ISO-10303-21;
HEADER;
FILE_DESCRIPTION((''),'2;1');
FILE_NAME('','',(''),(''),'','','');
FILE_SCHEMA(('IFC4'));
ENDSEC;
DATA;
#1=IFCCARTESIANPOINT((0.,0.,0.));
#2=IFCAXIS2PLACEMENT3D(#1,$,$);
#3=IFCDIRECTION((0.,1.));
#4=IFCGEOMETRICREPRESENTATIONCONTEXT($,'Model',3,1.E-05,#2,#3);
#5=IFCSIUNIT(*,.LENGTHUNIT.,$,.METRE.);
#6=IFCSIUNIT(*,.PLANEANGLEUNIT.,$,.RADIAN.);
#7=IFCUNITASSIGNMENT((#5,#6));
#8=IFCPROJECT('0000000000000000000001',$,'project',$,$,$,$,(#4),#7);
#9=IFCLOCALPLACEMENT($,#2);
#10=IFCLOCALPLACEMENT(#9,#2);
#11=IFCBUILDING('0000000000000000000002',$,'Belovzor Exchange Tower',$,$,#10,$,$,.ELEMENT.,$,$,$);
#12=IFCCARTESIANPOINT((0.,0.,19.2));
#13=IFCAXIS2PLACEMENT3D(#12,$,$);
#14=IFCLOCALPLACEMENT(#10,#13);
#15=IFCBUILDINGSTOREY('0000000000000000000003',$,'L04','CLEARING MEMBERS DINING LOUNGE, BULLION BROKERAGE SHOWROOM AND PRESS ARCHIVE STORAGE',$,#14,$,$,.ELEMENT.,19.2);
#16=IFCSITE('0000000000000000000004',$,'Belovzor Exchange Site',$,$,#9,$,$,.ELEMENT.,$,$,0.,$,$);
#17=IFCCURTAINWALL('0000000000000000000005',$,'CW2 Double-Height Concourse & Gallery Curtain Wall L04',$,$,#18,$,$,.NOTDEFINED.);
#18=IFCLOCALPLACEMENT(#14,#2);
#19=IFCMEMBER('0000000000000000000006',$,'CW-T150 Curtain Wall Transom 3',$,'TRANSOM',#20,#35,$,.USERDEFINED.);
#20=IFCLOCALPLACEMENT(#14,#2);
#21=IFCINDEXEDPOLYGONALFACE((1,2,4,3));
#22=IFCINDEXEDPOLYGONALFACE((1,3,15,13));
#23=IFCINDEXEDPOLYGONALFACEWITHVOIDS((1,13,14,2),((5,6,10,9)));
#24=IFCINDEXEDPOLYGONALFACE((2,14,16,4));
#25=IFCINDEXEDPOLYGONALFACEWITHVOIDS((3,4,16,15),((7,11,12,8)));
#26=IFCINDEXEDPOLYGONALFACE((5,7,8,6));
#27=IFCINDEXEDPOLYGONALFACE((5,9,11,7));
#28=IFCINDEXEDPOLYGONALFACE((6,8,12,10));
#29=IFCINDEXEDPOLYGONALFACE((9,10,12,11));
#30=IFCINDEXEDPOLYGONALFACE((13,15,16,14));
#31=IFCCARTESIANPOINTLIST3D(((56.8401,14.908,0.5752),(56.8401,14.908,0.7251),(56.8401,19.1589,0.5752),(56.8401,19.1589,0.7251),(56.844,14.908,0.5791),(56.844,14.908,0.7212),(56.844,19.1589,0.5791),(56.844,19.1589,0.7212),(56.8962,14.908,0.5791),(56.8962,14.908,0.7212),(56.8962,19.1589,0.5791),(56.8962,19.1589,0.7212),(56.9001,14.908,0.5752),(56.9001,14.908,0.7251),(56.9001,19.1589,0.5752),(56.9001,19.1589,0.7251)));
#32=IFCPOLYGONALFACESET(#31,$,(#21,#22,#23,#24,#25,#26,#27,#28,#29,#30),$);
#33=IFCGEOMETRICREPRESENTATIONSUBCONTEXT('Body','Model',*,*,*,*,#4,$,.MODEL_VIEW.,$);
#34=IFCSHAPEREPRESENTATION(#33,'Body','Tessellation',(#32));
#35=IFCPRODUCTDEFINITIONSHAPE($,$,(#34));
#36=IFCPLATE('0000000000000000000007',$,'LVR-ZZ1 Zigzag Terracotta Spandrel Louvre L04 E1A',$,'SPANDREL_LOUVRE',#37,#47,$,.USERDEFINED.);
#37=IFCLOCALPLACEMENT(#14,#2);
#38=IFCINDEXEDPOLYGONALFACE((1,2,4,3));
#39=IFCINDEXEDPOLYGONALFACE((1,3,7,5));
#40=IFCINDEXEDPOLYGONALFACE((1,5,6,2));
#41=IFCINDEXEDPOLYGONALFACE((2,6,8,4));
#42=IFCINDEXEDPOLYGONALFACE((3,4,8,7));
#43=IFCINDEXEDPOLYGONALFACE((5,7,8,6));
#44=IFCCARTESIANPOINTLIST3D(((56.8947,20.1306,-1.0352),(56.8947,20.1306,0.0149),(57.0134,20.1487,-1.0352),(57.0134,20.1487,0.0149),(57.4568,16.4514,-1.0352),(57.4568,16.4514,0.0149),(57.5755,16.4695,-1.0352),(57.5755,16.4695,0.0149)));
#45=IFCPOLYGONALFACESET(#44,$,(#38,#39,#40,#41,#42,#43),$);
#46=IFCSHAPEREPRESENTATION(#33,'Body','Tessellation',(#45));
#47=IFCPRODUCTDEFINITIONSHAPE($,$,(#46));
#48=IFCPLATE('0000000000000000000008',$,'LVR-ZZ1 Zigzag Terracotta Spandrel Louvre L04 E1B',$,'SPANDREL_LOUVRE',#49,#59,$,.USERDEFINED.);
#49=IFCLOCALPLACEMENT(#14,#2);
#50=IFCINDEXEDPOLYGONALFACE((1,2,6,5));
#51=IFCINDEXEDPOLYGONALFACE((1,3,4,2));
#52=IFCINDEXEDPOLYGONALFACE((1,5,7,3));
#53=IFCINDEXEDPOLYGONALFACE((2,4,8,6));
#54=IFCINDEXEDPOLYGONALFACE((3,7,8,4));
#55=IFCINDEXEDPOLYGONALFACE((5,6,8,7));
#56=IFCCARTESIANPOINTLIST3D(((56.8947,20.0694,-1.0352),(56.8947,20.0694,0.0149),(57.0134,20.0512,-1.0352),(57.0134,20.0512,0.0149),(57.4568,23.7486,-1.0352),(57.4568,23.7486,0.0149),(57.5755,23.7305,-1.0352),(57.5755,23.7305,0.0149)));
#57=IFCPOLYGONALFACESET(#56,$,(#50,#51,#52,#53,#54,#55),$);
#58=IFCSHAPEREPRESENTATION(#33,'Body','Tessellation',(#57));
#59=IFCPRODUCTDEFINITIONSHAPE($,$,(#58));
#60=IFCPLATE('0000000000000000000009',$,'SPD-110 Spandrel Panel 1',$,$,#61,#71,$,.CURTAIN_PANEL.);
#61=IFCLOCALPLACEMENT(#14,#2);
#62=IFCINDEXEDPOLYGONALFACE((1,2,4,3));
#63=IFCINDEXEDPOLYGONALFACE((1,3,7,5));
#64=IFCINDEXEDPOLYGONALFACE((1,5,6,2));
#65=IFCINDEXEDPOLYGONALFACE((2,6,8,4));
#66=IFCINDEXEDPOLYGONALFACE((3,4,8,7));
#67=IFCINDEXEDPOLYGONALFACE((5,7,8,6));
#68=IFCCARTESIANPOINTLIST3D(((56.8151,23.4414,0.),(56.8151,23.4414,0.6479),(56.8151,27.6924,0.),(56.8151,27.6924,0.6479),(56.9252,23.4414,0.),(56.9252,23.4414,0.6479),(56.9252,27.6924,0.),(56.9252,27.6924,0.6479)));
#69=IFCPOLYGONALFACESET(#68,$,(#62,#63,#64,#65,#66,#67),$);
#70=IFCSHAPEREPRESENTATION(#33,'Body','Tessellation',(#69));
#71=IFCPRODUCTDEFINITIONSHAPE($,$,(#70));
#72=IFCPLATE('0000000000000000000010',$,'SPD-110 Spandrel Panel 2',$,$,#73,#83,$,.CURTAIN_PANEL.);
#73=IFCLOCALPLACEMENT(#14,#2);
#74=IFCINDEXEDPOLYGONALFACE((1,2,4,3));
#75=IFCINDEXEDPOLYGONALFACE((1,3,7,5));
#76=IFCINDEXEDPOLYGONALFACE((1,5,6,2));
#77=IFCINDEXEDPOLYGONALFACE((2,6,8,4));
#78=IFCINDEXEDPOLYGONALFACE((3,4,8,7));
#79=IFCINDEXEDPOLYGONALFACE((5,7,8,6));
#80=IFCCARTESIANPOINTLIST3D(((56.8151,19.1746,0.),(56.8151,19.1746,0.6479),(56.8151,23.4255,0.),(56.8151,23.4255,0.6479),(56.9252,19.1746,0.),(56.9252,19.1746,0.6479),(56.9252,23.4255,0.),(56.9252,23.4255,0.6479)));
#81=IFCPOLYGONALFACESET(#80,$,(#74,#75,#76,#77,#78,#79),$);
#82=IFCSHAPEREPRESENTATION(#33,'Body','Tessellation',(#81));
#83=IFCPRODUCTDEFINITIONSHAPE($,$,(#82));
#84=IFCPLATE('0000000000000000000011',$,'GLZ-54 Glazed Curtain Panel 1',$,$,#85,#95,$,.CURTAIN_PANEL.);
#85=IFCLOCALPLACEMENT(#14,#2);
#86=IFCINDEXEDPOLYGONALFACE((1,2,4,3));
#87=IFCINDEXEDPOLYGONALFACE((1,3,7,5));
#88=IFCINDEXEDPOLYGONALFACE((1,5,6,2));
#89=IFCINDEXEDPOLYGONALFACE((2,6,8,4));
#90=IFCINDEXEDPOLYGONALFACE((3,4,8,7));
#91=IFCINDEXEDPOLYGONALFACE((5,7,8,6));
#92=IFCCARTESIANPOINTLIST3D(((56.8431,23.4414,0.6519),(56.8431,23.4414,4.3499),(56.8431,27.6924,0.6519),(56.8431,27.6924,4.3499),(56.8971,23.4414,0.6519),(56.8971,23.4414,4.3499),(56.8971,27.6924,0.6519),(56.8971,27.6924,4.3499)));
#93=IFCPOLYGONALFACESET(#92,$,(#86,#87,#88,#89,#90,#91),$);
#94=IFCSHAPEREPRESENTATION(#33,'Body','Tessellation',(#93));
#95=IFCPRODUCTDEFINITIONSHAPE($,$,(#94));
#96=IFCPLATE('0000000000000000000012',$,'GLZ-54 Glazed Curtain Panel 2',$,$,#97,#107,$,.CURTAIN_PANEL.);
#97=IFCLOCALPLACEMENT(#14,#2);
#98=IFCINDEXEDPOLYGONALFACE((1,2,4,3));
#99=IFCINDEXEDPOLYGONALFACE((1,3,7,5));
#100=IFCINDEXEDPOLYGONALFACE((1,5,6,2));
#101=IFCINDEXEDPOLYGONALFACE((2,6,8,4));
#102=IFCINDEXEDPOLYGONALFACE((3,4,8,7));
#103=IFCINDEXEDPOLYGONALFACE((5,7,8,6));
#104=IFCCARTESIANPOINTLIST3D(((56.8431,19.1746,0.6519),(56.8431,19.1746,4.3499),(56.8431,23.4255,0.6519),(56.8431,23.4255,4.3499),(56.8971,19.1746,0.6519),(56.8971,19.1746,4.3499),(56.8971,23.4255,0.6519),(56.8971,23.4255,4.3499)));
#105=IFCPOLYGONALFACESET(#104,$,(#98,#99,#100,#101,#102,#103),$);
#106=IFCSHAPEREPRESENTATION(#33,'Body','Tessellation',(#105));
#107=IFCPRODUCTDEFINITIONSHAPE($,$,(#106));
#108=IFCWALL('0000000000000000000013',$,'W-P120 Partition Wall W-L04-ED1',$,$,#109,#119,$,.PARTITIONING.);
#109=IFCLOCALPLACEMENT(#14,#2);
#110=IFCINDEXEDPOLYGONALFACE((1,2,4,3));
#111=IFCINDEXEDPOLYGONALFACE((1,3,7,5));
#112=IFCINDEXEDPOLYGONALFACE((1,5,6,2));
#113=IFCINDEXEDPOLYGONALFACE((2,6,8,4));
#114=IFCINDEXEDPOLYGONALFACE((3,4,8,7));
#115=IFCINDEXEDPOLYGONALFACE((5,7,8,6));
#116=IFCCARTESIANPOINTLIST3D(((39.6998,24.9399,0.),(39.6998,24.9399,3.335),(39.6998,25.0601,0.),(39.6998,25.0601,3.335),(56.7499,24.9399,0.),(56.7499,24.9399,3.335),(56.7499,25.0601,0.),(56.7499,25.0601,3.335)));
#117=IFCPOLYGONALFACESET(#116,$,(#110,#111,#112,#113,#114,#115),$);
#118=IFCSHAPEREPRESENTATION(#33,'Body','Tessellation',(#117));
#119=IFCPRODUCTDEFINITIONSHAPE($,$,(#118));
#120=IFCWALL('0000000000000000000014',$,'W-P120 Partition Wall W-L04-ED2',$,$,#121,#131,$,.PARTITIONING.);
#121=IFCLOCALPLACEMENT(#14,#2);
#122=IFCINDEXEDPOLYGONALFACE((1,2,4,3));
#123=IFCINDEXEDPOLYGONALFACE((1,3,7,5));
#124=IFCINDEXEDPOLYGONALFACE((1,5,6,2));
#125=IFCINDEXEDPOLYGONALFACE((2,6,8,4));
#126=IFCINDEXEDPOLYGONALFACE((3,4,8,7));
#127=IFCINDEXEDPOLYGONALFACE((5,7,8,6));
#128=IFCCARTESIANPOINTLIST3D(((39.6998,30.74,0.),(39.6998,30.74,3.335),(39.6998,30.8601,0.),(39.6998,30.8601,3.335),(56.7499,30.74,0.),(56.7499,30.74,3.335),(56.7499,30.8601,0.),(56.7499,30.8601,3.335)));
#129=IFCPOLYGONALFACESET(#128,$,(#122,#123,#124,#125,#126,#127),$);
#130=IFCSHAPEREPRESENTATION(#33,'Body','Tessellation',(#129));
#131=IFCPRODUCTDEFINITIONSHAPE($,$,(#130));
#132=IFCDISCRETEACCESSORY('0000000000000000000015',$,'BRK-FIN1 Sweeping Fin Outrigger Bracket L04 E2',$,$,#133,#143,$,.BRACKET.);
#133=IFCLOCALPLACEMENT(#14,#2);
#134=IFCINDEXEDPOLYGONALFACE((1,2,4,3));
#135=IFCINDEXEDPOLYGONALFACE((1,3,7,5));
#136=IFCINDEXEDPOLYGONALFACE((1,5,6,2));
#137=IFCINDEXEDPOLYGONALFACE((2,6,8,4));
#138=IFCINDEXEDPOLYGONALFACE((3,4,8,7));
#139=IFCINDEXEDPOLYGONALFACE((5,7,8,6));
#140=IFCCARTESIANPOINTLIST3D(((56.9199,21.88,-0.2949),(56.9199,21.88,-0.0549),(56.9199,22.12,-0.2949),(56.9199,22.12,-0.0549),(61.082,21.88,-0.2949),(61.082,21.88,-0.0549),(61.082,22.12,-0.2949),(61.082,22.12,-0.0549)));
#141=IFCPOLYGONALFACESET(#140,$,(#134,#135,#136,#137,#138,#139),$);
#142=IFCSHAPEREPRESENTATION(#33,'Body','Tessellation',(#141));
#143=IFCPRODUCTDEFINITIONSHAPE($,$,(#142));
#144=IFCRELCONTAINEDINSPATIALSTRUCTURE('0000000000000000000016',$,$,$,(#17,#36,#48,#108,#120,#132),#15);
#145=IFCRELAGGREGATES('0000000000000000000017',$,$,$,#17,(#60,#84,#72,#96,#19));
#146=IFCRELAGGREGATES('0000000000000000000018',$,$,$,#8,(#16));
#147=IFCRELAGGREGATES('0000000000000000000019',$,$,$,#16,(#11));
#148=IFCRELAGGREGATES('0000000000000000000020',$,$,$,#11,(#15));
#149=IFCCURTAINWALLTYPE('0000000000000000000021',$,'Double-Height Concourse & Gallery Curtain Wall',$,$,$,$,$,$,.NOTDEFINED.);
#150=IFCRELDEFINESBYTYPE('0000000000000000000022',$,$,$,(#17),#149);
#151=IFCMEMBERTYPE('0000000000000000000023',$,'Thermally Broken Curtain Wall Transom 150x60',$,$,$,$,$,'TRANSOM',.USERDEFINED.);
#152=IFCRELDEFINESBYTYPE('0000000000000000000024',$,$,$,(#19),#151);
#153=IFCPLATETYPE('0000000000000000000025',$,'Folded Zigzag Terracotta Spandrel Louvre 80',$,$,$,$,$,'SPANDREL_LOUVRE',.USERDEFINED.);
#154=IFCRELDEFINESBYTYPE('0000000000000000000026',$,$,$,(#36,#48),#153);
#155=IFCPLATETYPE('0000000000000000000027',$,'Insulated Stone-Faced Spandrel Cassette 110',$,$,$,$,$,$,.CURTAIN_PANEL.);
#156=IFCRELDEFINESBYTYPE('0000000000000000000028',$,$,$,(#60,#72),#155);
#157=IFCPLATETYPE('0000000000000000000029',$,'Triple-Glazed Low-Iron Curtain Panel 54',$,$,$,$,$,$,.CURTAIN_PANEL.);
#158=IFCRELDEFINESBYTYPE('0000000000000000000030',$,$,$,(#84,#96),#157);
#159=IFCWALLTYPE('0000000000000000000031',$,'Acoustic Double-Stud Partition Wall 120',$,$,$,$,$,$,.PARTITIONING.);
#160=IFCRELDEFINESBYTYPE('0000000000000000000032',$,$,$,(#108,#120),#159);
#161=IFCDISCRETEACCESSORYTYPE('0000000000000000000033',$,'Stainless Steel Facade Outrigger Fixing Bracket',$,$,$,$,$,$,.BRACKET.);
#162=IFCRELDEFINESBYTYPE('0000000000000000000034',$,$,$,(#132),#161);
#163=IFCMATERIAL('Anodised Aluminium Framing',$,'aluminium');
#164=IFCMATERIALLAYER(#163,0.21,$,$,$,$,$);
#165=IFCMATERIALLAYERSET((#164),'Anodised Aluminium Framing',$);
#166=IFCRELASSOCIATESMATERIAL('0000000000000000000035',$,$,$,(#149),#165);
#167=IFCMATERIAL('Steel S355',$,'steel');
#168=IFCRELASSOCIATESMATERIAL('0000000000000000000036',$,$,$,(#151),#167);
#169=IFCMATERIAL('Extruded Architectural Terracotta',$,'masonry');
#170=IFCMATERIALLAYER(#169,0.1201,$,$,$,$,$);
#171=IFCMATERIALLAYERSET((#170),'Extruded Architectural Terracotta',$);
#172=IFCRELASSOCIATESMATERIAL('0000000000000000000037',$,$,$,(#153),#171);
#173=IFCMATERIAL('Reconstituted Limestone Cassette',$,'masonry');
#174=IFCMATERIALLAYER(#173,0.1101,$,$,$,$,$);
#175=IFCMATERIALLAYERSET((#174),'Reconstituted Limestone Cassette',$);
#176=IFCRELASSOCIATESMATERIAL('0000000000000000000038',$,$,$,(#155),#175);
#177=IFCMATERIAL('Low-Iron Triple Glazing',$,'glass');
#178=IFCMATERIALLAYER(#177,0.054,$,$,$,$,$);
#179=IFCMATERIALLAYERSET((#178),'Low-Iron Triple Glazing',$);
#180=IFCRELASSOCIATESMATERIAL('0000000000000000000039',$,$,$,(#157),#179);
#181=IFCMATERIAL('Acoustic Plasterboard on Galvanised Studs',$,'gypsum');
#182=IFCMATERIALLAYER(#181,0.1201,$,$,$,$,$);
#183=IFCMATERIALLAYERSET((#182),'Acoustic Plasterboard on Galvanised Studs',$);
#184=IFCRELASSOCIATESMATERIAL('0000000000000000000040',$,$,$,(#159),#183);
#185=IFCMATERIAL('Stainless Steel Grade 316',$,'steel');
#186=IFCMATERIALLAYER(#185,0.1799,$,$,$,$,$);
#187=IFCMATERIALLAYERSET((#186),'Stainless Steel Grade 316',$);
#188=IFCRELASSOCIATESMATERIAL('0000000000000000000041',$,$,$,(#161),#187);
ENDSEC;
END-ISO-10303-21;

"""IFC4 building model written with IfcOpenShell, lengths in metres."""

from ifc_helpers import new_model, si_unit, direction, frame, frame_2d, origin, origin_2d, place, context, subcontext, project, spatial, rectangle, hollow_rectangle, extrude, material, layer, layer_set, material_profile, profile_set, type_object, element, aggregate, save


model = new_model("IFC4")

# Units and contexts
model_context = context("Model", 3, precision=1e-05, world=origin(), true_north=direction((0.0, 1.0)))
body_context = subcontext(model_context, "Body", "Model", "MODEL_VIEW")
ifc_project = project(units=[si_unit("LENGTHUNIT", "METRE"), si_unit("PLANEANGLEUNIT", "RADIAN")], contexts=[model_context])

# Site, building, storey
site_placement = place(None, origin())
site = spatial("IfcSite", under=ifc_project, at=site_placement, Name="Belovzor Exchange Site", CompositionType="ELEMENT", RefElevation=0.0)
building_placement = place(site_placement, origin())
building = spatial("IfcBuilding", under=site, at=building_placement, Name="Belovzor Exchange Tower", CompositionType="ELEMENT")
storey_placement = place(building_placement, frame((0.0, 0.0, 19.2)))
storey = spatial("IfcBuildingStorey", under=building, at=storey_placement, Name="L04", Description="CLEARING MEMBERS DINING LOUNGE, BULLION BROKERAGE SHOWROOM AND PRESS ARCHIVE STORAGE", CompositionType="ELEMENT", Elevation=19.2)

# Curtain wall
ifc_material_1 = material(Name="Anodised Aluminium Framing", Category="aluminium")
ifc_layer_1 = layer(ifc_material_1, 0.21)
ifc_layer_set_1 = layer_set([ifc_layer_1], Name="Anodised Aluminium Framing")
curtain_wall_type = type_object("IfcCurtainWallType", Name="Double-Height Concourse & Gallery Curtain Wall", PredefinedType="NOTDEFINED", material=ifc_layer_set_1)
curtain_wall_1_placement = place(storey_placement, origin())
curtain_wall_1 = element("IfcCurtainWall", 1, at=curtain_wall_1_placement, inside=storey, type_object=curtain_wall_type, Name="CW2 Double-Height Concourse & Gallery Curtain Wall L04", PredefinedType="NOTDEFINED")

# Member
ifc_material_2 = material(Name="Steel S355", Category="steel")
ifc_material_profile_1 = material_profile(ifc_material_2, hollow_rectangle(XDim=0.0601, YDim=0.1499, WallThickness=0.0039, at=origin_2d()))
ifc_profile_set_1 = profile_set([ifc_material_profile_1], Name="Steel S355")
member_type_1 = type_object("IfcMemberType", Name="Thermally Broken Curtain Wall Transom 150x60", ElementType="TRANSOM", PredefinedType="USERDEFINED", material=ifc_profile_set_1)
member_1_placement = place(storey_placement, frame((56.8701, 19.1589, 0.6501), z_axis=(0.0, -1.0, 0.0), x_axis=(1.0, 0.0, 0.0)))
member_1 = element("IfcMember", 2, at=member_1_placement, type_object=member_type_1, Name="CW-T150 Curtain Wall Transom 3", ObjectType="TRANSOM", PredefinedType="USERDEFINED", context=body_context, shape_type="SweptSolid", body=[
    extrude(hollow_rectangle(XDim=0.0601, YDim=0.1499, WallThickness=0.0039, at=origin_2d()), origin(), (0.0, 0.0, 1.0), 4.251),
])

# Plates
ifc_material_3 = material(Name="Extruded Architectural Terracotta", Category="masonry")
ifc_layer_2 = layer(ifc_material_3, 0.1201)
ifc_layer_set_2 = layer_set([ifc_layer_2], Name="Extruded Architectural Terracotta")
plate_type_1 = type_object("IfcPlateType", Name="Folded Zigzag Terracotta Spandrel Louvre 80", ElementType="SPANDREL_LOUVRE", PredefinedType="USERDEFINED", material=ifc_layer_set_2)
for number, where, z_axis, x_axis, name in (
    (3, (57.2351, 18.3, -1.0352), (0.0, 0.0, 1.0), (-0.151019, 0.988531, 0.0), "LVR-ZZ1 Zigzag Terracotta Spandrel Louvre L04 E1A"),
    (4, (57.2351, 21.8999, -1.0352), (0.0, 0.0, 1.0), (0.151019, 0.988531, 0.0), "LVR-ZZ1 Zigzag Terracotta Spandrel Louvre L04 E1B"),
):
    element("IfcPlate", number, at=place(storey_placement, frame(where, z_axis=z_axis, x_axis=x_axis)), inside=storey, type_object=plate_type_1, Name=name, ObjectType="SPANDREL_LOUVRE", PredefinedType="USERDEFINED", context=body_context, shape_type="SweptSolid", body=[
        extrude(rectangle(XDim=3.7219, YDim=0.1201, at=origin_2d()), origin(), (0.0, 0.0, 1.0), 1.05),
    ])

# Plates
ifc_material_4 = material(Name="Reconstituted Limestone Cassette", Category="masonry")
ifc_layer_3 = layer(ifc_material_4, 0.1101)
ifc_layer_set_3 = layer_set([ifc_layer_3], Name="Reconstituted Limestone Cassette")
plate_type_2 = type_object("IfcPlateType", Name="Insulated Stone-Faced Spandrel Cassette 110", PredefinedType="CURTAIN_PANEL", material=ifc_layer_set_3)
plate_1_placement = place(storey_placement, frame((56.8701, 25.5669, 0.0), z_axis=(0.0, 0.0, 1.0), x_axis=(0.0, -1.0, 0.0)))
plate_1 = element("IfcPlate", 5, at=plate_1_placement, type_object=plate_type_2, Name="SPD-110 Spandrel Panel 1", PredefinedType="CURTAIN_PANEL", context=body_context, shape_type="SweptSolid", body=[
    extrude(rectangle(XDim=4.251, YDim=0.1101, at=origin_2d()), origin(), (0.0, 0.0, 1.0), 0.6479),
])
plate_2_placement = place(storey_placement, frame((56.8701, 21.3, 0.0), z_axis=(0.0, 0.0, 1.0), x_axis=(0.0, -1.0, 0.0)))
plate_2 = element("IfcPlate", 6, at=plate_2_placement, type_object=plate_type_2, Name="SPD-110 Spandrel Panel 2", PredefinedType="CURTAIN_PANEL", context=body_context, shape_type="SweptSolid", body=[
    extrude(rectangle(XDim=4.251, YDim=0.1101, at=origin_2d()), origin(), (0.0, 0.0, 1.0), 0.6479),
])
ifc_material_5 = material(Name="Low-Iron Triple Glazing", Category="glass")
ifc_layer_4 = layer(ifc_material_5, 0.054)
ifc_layer_set_4 = layer_set([ifc_layer_4], Name="Low-Iron Triple Glazing")
plate_type_3 = type_object("IfcPlateType", Name="Triple-Glazed Low-Iron Curtain Panel 54", PredefinedType="CURTAIN_PANEL", material=ifc_layer_set_4)
plate_3_placement = place(storey_placement, frame((56.8701, 25.5669, 0.6519), z_axis=(0.0, 0.0, 1.0), x_axis=(0.0, -1.0, 0.0)))
plate_3 = element("IfcPlate", 7, at=plate_3_placement, type_object=plate_type_3, Name="GLZ-54 Glazed Curtain Panel 1", PredefinedType="CURTAIN_PANEL", context=body_context, shape_type="SweptSolid", body=[
    extrude(rectangle(XDim=4.251, YDim=0.054, at=origin_2d()), origin(), (0.0, 0.0, 1.0), 3.698),
])
plate_4_placement = place(storey_placement, frame((56.8701, 21.3, 0.6519), z_axis=(0.0, 0.0, 1.0), x_axis=(0.0, -1.0, 0.0)))
plate_4 = element("IfcPlate", 8, at=plate_4_placement, type_object=plate_type_3, Name="GLZ-54 Glazed Curtain Panel 2", PredefinedType="CURTAIN_PANEL", context=body_context, shape_type="SweptSolid", body=[
    extrude(rectangle(XDim=4.251, YDim=0.054, at=origin_2d()), origin(), (0.0, 0.0, 1.0), 3.698),
])
aggregate(curtain_wall_1, [plate_1, plate_3, plate_2, plate_4, member_1])

# Walls
ifc_material_6 = material(Name="Acoustic Plasterboard on Galvanised Studs", Category="gypsum")
ifc_layer_5 = layer(ifc_material_6, 0.1201)
ifc_layer_set_5 = layer_set([ifc_layer_5], Name="Acoustic Plasterboard on Galvanised Studs")
wall_type = type_object("IfcWallType", Name="Acoustic Double-Stud Partition Wall 120", PredefinedType="PARTITIONING", material=ifc_layer_set_5)
for number, where, z_axis, x_axis, name in (
    (9, (39.7, 25.0, 0.0), (0.0, 0.0, 1.0), (1.0, 0.0, 0.0), "W-P120 Partition Wall W-L04-ED1"),
    (10, (39.7, 30.8, 0.0), (0.0, 0.0, 1.0), (1.0, 0.0, 0.0), "W-P120 Partition Wall W-L04-ED2"),
):
    element("IfcWall", number, at=place(storey_placement, frame(where, z_axis=z_axis, x_axis=x_axis)), inside=storey, type_object=wall_type, Name=name, PredefinedType="PARTITIONING", context=body_context, shape_type="SweptSolid", body=[
        extrude(rectangle(XDim=17.05, YDim=0.1201, at=frame_2d((8.5249, 0.0))), origin(), (0.0, 0.0, 1.0), 3.335),
    ])

# Discrete accessory
ifc_material_7 = material(Name="Stainless Steel Grade 316", Category="steel")
ifc_layer_6 = layer(ifc_material_7, 0.1799)
ifc_layer_set_6 = layer_set([ifc_layer_6], Name="Stainless Steel Grade 316")
discrete_accessory_type = type_object("IfcDiscreteAccessoryType", Name="Stainless Steel Facade Outrigger Fixing Bracket", PredefinedType="BRACKET", material=ifc_layer_set_6)
discrete_accessory_placement = place(storey_placement, frame((59.001, 22.0, -0.2949), z_axis=(0.0, 0.0, 1.0), x_axis=(1.0, 0.0, 0.0)))
element("IfcDiscreteAccessory", 11, at=discrete_accessory_placement, inside=storey, type_object=discrete_accessory_type, Name="BRK-FIN1 Sweeping Fin Outrigger Bracket L04 E2", PredefinedType="BRACKET", context=body_context, shape_type="SweptSolid", body=[
    extrude(rectangle(XDim=4.1621, YDim=0.24, at=origin_2d()), origin(), (0.0, 0.0, 1.0), 0.24),
])

save(model, "model.ifc")
